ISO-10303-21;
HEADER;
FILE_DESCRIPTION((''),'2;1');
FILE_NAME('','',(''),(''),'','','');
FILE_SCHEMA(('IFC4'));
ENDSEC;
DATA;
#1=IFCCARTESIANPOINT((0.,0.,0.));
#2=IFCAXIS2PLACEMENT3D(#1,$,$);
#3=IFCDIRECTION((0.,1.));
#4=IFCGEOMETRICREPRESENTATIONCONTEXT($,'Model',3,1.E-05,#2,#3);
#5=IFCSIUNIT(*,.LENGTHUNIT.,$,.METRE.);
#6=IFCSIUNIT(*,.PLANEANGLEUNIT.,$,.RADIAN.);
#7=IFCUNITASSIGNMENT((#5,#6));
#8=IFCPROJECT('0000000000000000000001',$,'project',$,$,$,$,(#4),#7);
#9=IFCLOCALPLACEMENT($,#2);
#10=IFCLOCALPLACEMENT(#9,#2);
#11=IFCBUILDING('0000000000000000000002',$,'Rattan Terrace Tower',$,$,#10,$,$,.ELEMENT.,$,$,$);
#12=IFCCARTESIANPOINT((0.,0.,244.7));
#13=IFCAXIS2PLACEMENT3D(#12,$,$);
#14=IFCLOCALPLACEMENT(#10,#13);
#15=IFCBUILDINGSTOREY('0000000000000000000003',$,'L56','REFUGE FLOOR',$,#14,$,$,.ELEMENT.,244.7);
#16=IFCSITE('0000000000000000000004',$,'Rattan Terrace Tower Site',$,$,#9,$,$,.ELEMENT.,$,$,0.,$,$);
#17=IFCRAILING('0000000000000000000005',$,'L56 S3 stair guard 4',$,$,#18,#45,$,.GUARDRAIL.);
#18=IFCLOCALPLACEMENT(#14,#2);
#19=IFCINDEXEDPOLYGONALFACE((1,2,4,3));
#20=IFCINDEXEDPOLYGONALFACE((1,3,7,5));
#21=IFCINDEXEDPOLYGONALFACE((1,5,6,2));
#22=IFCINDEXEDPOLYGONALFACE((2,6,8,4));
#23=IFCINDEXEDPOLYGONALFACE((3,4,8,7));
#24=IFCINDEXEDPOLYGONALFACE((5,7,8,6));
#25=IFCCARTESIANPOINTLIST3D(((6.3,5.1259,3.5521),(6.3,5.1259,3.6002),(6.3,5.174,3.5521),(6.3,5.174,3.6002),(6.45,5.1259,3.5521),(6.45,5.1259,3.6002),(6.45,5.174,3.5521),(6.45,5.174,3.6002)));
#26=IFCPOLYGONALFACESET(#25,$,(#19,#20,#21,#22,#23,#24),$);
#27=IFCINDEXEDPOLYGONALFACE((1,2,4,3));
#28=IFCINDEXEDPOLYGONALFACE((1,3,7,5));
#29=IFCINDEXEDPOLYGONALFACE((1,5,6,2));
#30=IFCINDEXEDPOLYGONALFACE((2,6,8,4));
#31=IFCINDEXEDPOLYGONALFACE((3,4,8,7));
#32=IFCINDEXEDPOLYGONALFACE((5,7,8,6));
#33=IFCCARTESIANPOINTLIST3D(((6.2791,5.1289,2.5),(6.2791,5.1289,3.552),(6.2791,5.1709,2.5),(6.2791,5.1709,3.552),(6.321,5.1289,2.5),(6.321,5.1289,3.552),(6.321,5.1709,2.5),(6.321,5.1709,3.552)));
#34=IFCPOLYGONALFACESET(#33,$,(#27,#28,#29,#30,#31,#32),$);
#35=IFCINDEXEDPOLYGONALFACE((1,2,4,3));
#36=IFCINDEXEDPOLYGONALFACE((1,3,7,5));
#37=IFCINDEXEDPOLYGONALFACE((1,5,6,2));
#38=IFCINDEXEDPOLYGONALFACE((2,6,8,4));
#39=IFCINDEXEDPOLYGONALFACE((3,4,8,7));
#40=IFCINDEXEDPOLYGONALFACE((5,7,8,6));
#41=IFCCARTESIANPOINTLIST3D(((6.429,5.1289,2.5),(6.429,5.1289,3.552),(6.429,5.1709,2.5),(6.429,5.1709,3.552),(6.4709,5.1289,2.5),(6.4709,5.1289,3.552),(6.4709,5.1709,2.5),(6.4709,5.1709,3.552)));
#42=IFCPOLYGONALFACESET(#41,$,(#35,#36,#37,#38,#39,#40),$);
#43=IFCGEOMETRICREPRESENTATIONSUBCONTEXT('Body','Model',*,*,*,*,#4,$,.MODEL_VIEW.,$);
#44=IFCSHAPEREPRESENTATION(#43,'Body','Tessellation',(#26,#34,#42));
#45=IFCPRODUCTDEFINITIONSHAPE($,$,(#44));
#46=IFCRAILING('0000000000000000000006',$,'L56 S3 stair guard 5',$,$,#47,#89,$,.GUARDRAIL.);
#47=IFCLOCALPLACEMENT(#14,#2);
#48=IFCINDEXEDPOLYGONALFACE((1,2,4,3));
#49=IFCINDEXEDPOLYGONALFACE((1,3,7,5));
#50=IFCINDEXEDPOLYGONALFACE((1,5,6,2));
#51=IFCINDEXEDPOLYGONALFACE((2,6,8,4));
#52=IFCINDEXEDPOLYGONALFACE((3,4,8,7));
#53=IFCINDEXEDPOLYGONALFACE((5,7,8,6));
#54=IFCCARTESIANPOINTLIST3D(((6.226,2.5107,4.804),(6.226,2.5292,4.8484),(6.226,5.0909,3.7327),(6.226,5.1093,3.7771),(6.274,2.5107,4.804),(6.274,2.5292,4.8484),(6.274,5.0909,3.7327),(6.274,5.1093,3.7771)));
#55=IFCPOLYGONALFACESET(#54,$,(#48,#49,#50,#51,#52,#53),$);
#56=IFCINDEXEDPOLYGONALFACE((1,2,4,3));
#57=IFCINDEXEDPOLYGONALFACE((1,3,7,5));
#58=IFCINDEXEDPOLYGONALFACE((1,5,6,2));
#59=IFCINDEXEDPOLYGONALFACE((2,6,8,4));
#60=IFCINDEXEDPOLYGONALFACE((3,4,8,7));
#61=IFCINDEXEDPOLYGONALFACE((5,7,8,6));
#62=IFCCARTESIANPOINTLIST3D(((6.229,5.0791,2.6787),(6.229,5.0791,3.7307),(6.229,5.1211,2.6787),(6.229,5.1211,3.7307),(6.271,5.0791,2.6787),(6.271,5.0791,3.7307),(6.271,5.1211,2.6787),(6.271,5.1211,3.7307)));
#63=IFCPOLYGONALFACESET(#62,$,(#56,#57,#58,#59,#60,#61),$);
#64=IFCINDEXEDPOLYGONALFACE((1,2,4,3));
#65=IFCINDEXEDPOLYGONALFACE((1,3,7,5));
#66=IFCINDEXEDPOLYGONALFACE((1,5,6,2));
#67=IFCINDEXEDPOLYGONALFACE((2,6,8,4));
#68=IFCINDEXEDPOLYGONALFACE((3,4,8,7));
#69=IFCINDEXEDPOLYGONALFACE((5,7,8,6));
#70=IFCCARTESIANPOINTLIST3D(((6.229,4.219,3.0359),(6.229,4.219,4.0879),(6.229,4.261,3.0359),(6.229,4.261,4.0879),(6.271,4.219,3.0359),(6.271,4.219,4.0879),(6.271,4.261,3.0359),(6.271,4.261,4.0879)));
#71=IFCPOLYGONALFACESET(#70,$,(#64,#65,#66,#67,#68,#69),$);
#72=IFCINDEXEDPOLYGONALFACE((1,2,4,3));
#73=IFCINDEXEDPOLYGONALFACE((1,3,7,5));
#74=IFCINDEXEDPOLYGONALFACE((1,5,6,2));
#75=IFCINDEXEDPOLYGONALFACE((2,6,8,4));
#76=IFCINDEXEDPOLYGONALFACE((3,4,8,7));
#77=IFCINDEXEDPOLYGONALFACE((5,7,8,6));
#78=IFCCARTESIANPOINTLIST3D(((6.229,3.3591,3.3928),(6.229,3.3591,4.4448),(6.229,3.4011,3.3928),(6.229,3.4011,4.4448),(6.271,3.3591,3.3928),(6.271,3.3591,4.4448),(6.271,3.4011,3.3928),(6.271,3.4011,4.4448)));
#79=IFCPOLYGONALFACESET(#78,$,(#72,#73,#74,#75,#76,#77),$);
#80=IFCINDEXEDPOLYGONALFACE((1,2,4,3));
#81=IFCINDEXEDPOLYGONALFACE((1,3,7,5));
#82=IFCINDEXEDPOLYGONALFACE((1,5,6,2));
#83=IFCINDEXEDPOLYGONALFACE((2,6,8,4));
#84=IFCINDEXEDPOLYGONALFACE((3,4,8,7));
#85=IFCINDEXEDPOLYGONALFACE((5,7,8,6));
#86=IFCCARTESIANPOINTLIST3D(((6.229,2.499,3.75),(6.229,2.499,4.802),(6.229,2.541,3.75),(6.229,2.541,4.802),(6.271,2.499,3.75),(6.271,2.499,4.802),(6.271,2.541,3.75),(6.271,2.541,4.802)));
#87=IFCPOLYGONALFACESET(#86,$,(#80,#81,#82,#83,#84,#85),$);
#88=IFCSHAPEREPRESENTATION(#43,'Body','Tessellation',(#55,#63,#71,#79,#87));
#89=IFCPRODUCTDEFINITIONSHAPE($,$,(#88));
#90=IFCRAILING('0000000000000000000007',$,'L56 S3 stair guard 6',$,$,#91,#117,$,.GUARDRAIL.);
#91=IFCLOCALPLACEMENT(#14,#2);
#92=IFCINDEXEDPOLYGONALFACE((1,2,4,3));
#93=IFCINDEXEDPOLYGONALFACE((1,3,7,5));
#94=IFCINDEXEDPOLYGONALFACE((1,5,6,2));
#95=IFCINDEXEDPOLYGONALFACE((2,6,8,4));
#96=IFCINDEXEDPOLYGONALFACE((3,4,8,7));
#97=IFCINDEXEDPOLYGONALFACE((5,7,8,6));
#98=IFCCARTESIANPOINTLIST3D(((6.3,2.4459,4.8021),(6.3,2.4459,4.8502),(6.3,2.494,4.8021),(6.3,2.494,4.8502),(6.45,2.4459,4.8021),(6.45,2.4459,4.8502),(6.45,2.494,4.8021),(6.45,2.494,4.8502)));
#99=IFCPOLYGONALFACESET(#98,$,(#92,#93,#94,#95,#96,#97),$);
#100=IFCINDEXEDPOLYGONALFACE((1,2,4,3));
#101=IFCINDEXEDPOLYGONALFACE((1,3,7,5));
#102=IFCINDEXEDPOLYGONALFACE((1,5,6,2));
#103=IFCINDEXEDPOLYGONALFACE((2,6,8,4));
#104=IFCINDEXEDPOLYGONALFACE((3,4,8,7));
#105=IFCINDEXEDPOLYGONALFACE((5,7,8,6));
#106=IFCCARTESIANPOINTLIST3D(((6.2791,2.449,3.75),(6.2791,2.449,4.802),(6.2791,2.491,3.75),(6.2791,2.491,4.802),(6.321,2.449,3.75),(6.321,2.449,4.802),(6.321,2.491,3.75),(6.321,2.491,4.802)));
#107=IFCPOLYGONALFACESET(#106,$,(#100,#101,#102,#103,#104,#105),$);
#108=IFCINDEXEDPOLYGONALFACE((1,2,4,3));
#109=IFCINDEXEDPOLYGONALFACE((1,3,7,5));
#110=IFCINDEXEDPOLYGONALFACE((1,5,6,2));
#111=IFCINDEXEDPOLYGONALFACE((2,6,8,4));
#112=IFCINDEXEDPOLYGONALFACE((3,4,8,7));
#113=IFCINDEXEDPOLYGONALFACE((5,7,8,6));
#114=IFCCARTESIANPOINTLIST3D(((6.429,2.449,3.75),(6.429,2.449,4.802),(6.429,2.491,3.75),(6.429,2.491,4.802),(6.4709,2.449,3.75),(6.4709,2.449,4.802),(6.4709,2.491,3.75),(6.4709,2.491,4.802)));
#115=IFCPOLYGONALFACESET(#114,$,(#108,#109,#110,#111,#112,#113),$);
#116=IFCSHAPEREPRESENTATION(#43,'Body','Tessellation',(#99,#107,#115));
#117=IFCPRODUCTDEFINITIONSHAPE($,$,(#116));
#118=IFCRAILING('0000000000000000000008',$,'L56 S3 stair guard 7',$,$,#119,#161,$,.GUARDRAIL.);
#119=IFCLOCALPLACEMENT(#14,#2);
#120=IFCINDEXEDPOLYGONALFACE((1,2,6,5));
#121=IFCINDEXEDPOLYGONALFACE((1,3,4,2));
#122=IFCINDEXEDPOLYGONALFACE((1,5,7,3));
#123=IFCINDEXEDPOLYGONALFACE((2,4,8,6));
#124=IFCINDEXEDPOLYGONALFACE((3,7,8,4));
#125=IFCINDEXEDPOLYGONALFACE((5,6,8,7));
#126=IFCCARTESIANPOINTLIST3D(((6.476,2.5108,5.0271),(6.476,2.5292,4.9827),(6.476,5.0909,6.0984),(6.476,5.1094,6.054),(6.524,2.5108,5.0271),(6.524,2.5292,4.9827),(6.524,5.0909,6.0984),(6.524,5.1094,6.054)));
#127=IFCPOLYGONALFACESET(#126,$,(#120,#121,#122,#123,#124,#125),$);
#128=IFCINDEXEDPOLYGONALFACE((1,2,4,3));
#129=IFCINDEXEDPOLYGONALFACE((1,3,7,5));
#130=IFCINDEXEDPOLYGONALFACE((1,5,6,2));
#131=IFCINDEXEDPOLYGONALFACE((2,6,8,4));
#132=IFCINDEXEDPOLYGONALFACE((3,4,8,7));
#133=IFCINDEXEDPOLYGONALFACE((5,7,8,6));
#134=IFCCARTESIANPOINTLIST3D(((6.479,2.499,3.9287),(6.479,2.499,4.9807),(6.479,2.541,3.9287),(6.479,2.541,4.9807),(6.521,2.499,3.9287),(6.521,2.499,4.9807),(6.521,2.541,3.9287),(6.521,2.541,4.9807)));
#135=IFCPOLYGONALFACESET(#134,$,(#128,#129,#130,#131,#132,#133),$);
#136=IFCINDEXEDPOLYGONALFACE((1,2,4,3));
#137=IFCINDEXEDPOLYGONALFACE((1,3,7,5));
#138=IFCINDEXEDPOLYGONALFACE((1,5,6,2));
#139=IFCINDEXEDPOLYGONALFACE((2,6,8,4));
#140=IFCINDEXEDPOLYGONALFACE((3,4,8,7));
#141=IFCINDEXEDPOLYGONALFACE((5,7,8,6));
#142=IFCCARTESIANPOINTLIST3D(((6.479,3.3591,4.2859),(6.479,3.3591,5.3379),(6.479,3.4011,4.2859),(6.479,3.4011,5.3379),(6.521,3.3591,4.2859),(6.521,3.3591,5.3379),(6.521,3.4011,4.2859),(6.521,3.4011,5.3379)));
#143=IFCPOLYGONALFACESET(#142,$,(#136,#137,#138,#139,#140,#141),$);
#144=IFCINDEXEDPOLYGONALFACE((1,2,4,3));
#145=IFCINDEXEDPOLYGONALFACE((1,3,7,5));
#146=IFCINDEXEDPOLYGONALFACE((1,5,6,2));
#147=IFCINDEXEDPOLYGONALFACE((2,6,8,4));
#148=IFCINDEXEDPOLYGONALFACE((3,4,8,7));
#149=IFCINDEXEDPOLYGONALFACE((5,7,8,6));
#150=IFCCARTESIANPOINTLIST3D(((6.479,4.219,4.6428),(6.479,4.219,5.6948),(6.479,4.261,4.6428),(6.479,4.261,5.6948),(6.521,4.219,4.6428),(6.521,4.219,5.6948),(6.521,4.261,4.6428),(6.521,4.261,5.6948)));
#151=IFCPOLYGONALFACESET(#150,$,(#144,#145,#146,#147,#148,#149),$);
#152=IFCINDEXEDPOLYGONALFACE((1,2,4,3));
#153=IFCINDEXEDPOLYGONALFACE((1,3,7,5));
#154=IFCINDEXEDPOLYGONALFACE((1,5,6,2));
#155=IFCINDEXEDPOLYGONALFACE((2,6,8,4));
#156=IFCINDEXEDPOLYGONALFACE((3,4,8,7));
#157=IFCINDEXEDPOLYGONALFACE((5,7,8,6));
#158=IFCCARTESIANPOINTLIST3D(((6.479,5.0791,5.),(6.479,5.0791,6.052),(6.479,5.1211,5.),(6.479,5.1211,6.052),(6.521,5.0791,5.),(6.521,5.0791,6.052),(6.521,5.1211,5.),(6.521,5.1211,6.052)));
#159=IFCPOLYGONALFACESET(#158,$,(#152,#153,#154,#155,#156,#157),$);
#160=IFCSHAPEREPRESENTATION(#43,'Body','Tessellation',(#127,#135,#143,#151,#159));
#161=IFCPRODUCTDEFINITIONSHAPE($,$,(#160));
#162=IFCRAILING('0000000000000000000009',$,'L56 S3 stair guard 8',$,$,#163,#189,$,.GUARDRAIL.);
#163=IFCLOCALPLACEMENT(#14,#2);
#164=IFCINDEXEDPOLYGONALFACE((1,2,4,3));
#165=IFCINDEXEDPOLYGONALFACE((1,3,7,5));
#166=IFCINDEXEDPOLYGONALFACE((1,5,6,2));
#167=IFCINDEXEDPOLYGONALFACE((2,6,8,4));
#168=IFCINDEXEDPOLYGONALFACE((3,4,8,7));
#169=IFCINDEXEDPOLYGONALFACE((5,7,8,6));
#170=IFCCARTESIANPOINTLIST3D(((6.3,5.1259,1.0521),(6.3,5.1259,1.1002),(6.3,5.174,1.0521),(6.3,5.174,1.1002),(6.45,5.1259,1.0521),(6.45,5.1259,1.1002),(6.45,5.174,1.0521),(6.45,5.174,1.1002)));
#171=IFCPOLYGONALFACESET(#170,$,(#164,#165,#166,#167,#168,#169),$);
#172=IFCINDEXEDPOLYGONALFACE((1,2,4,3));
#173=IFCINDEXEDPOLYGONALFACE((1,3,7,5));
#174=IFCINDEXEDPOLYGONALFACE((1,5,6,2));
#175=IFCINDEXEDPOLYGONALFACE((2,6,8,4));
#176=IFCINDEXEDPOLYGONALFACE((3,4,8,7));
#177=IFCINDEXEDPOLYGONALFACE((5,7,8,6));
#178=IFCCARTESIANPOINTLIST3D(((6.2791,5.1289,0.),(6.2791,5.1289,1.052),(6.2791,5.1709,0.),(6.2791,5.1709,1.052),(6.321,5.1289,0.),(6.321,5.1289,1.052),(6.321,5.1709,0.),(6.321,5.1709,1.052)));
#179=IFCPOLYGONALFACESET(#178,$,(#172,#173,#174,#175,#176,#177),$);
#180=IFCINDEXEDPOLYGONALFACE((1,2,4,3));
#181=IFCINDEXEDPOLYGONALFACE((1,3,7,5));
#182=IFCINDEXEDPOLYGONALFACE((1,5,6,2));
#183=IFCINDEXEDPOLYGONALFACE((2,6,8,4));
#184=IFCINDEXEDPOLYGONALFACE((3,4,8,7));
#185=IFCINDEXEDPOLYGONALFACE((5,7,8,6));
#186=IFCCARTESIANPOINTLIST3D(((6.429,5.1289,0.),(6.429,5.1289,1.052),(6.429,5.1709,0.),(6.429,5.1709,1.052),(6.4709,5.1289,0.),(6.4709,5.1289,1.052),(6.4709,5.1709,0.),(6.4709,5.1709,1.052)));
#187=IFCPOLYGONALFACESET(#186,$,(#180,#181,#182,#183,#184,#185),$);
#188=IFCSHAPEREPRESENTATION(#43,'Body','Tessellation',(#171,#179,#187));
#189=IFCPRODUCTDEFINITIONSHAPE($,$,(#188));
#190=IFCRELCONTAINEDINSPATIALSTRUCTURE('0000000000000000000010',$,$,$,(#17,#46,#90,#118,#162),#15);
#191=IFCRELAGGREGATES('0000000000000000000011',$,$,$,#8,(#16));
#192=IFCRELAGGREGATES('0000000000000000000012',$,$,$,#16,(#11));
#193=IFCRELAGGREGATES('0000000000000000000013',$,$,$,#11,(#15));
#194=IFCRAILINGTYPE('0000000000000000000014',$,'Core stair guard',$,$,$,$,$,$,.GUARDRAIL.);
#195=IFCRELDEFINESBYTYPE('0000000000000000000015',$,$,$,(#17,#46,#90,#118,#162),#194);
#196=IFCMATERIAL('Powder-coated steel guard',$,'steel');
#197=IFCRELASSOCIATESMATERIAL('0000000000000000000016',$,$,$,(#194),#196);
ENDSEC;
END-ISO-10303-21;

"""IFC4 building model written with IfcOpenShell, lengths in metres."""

from ifc_helpers import new_model, si_unit, direction, frame, origin, origin_2d, place, context, subcontext, project, spatial, rectangle, extrude, material, type_object, element, save


model = new_model("IFC4")

# Units and contexts
model_context = context("Model", 3, precision=1e-05, world=origin(), true_north=direction((0.0, 1.0)))
body_context = subcontext(model_context, "Body", "Model", "MODEL_VIEW")
ifc_project = project(units=[si_unit("LENGTHUNIT", "METRE"), si_unit("PLANEANGLEUNIT", "RADIAN")], contexts=[model_context])

# Site, building, storey
site_placement = place(None, origin())
site = spatial("IfcSite", under=ifc_project, at=site_placement, Name="Rattan Terrace Tower Site", CompositionType="ELEMENT", RefElevation=0.0)
building_placement = place(site_placement, origin())
building = spatial("IfcBuilding", under=site, at=building_placement, Name="Rattan Terrace Tower", CompositionType="ELEMENT")
storey_placement = place(building_placement, frame((0.0, 0.0, 244.7)))
storey = spatial("IfcBuildingStorey", under=building, at=storey_placement, Name="L56", Description="REFUGE FLOOR", CompositionType="ELEMENT", Elevation=244.7)

# Railings
ifc_material_1 = material(Name="Powder-coated steel guard", Category="steel")
railing_type_1 = type_object("IfcRailingType", Name="Core stair guard", PredefinedType="GUARDRAIL", material=ifc_material_1)
railing_1_placement = place(storey_placement, frame((6.3, 5.1499, 2.5)))
element("IfcRailing", 1, at=railing_1_placement, inside=storey, type_object=railing_type_1, Name="L56 S3 stair guard 4", PredefinedType="GUARDRAIL", context=body_context, shape_type="SweptSolid", body=[
    extrude(rectangle(XDim=0.0481, YDim=0.0481, at=origin_2d()), frame((0.0, 0.0, 1.0762), z_axis=(1.0, 0.0, 0.0), x_axis=(0.0, 1.0, 0.0)), (0.0, 0.0, 1.0), 0.1499),
    extrude(rectangle(XDim=0.042, YDim=0.042, at=origin_2d()), origin(), (0.0, 0.0, 1.0), 1.052),
    extrude(rectangle(XDim=0.042, YDim=0.042, at=origin_2d()), frame((0.1499, 0.0, 0.0)), (0.0, 0.0, 1.0), 1.052),
])
railing_2_placement = place(storey_placement, frame((6.25, 5.1001, 2.6787)))
element("IfcRailing", 2, at=railing_2_placement, inside=storey, type_object=railing_type_1, Name="L56 S3 stair guard 5", PredefinedType="GUARDRAIL", context=body_context, shape_type="SweptSolid", body=[
    extrude(rectangle(XDim=0.0481, YDim=0.0481, at=origin_2d()), frame((0.0, 0.0, 1.0762), z_axis=(0.0, -0.923552, 0.383473), x_axis=(1.0, 0.0, 0.0)), (0.0, 0.0, 1.0), 2.7937),
    extrude(rectangle(XDim=0.042, YDim=0.042, at=origin_2d()), origin(), (0.0, 0.0, 1.0), 1.052),
    extrude(rectangle(XDim=0.042, YDim=0.042, at=origin_2d()), frame((0.0, -0.8601, 0.3572)), (0.0, 0.0, 1.0), 1.052),
    extrude(rectangle(XDim=0.042, YDim=0.042, at=origin_2d()), frame((0.0, -1.72, 0.7141)), (0.0, 0.0, 1.0), 1.052),
    extrude(rectangle(XDim=0.042, YDim=0.042, at=origin_2d()), frame((0.0, -2.5801, 1.0713)), (0.0, 0.0, 1.0), 1.052),
])
railing_3_placement = place(storey_placement, frame((6.3, 2.47, 3.75)))
element("IfcRailing", 3, at=railing_3_placement, inside=storey, type_object=railing_type_1, Name="L56 S3 stair guard 6", PredefinedType="GUARDRAIL", context=body_context, shape_type="SweptSolid", body=[
    extrude(rectangle(XDim=0.0481, YDim=0.0481, at=origin_2d()), frame((0.0, 0.0, 1.0762), z_axis=(1.0, 0.0, 0.0), x_axis=(0.0, 1.0, 0.0)), (0.0, 0.0, 1.0), 0.1499),
    extrude(rectangle(XDim=0.042, YDim=0.042, at=origin_2d()), origin(), (0.0, 0.0, 1.0), 1.052),
    extrude(rectangle(XDim=0.042, YDim=0.042, at=origin_2d()), frame((0.1499, 0.0, 0.0)), (0.0, 0.0, 1.0), 1.052),
])
railing_4_placement = place(storey_placement, frame((6.5, 2.52, 3.9287)))
element("IfcRailing", 4, at=railing_4_placement, inside=storey, type_object=railing_type_1, Name="L56 S3 stair guard 7", PredefinedType="GUARDRAIL", context=body_context, shape_type="SweptSolid", body=[
    extrude(rectangle(XDim=0.0481, YDim=0.0481, at=origin_2d()), frame((0.0, 0.0, 1.0762), z_axis=(0.0, 0.923552, 0.383473), x_axis=(-1.0, 0.0, 0.0)), (0.0, 0.0, 1.0), 2.7937),
    extrude(rectangle(XDim=0.042, YDim=0.042, at=origin_2d()), origin(), (0.0, 0.0, 1.0), 1.052),
    extrude(rectangle(XDim=0.042, YDim=0.042, at=origin_2d()), frame((0.0, 0.8601, 0.3572)), (0.0, 0.0, 1.0), 1.052),
    extrude(rectangle(XDim=0.042, YDim=0.042, at=origin_2d()), frame((0.0, 1.72, 0.7141)), (0.0, 0.0, 1.0), 1.052),
    extrude(rectangle(XDim=0.042, YDim=0.042, at=origin_2d()), frame((0.0, 2.5801, 1.0713)), (0.0, 0.0, 1.0), 1.052),
])
railing_5_placement = place(storey_placement, frame((6.3, 5.1499, 0.0)))
element("IfcRailing", 5, at=railing_5_placement, inside=storey, type_object=railing_type_1, Name="L56 S3 stair guard 8", PredefinedType="GUARDRAIL", context=body_context, shape_type="SweptSolid", body=[
    extrude(rectangle(XDim=0.0481, YDim=0.0481, at=origin_2d()), frame((0.0, 0.0, 1.0762), z_axis=(1.0, 0.0, 0.0), x_axis=(0.0, 1.0, 0.0)), (0.0, 0.0, 1.0), 0.1499),
    extrude(rectangle(XDim=0.042, YDim=0.042, at=origin_2d()), origin(), (0.0, 0.0, 1.0), 1.052),
    extrude(rectangle(XDim=0.042, YDim=0.042, at=origin_2d()), frame((0.1499, 0.0, 0.0)), (0.0, 0.0, 1.0), 1.052),
])

save(model, "model.ifc")
